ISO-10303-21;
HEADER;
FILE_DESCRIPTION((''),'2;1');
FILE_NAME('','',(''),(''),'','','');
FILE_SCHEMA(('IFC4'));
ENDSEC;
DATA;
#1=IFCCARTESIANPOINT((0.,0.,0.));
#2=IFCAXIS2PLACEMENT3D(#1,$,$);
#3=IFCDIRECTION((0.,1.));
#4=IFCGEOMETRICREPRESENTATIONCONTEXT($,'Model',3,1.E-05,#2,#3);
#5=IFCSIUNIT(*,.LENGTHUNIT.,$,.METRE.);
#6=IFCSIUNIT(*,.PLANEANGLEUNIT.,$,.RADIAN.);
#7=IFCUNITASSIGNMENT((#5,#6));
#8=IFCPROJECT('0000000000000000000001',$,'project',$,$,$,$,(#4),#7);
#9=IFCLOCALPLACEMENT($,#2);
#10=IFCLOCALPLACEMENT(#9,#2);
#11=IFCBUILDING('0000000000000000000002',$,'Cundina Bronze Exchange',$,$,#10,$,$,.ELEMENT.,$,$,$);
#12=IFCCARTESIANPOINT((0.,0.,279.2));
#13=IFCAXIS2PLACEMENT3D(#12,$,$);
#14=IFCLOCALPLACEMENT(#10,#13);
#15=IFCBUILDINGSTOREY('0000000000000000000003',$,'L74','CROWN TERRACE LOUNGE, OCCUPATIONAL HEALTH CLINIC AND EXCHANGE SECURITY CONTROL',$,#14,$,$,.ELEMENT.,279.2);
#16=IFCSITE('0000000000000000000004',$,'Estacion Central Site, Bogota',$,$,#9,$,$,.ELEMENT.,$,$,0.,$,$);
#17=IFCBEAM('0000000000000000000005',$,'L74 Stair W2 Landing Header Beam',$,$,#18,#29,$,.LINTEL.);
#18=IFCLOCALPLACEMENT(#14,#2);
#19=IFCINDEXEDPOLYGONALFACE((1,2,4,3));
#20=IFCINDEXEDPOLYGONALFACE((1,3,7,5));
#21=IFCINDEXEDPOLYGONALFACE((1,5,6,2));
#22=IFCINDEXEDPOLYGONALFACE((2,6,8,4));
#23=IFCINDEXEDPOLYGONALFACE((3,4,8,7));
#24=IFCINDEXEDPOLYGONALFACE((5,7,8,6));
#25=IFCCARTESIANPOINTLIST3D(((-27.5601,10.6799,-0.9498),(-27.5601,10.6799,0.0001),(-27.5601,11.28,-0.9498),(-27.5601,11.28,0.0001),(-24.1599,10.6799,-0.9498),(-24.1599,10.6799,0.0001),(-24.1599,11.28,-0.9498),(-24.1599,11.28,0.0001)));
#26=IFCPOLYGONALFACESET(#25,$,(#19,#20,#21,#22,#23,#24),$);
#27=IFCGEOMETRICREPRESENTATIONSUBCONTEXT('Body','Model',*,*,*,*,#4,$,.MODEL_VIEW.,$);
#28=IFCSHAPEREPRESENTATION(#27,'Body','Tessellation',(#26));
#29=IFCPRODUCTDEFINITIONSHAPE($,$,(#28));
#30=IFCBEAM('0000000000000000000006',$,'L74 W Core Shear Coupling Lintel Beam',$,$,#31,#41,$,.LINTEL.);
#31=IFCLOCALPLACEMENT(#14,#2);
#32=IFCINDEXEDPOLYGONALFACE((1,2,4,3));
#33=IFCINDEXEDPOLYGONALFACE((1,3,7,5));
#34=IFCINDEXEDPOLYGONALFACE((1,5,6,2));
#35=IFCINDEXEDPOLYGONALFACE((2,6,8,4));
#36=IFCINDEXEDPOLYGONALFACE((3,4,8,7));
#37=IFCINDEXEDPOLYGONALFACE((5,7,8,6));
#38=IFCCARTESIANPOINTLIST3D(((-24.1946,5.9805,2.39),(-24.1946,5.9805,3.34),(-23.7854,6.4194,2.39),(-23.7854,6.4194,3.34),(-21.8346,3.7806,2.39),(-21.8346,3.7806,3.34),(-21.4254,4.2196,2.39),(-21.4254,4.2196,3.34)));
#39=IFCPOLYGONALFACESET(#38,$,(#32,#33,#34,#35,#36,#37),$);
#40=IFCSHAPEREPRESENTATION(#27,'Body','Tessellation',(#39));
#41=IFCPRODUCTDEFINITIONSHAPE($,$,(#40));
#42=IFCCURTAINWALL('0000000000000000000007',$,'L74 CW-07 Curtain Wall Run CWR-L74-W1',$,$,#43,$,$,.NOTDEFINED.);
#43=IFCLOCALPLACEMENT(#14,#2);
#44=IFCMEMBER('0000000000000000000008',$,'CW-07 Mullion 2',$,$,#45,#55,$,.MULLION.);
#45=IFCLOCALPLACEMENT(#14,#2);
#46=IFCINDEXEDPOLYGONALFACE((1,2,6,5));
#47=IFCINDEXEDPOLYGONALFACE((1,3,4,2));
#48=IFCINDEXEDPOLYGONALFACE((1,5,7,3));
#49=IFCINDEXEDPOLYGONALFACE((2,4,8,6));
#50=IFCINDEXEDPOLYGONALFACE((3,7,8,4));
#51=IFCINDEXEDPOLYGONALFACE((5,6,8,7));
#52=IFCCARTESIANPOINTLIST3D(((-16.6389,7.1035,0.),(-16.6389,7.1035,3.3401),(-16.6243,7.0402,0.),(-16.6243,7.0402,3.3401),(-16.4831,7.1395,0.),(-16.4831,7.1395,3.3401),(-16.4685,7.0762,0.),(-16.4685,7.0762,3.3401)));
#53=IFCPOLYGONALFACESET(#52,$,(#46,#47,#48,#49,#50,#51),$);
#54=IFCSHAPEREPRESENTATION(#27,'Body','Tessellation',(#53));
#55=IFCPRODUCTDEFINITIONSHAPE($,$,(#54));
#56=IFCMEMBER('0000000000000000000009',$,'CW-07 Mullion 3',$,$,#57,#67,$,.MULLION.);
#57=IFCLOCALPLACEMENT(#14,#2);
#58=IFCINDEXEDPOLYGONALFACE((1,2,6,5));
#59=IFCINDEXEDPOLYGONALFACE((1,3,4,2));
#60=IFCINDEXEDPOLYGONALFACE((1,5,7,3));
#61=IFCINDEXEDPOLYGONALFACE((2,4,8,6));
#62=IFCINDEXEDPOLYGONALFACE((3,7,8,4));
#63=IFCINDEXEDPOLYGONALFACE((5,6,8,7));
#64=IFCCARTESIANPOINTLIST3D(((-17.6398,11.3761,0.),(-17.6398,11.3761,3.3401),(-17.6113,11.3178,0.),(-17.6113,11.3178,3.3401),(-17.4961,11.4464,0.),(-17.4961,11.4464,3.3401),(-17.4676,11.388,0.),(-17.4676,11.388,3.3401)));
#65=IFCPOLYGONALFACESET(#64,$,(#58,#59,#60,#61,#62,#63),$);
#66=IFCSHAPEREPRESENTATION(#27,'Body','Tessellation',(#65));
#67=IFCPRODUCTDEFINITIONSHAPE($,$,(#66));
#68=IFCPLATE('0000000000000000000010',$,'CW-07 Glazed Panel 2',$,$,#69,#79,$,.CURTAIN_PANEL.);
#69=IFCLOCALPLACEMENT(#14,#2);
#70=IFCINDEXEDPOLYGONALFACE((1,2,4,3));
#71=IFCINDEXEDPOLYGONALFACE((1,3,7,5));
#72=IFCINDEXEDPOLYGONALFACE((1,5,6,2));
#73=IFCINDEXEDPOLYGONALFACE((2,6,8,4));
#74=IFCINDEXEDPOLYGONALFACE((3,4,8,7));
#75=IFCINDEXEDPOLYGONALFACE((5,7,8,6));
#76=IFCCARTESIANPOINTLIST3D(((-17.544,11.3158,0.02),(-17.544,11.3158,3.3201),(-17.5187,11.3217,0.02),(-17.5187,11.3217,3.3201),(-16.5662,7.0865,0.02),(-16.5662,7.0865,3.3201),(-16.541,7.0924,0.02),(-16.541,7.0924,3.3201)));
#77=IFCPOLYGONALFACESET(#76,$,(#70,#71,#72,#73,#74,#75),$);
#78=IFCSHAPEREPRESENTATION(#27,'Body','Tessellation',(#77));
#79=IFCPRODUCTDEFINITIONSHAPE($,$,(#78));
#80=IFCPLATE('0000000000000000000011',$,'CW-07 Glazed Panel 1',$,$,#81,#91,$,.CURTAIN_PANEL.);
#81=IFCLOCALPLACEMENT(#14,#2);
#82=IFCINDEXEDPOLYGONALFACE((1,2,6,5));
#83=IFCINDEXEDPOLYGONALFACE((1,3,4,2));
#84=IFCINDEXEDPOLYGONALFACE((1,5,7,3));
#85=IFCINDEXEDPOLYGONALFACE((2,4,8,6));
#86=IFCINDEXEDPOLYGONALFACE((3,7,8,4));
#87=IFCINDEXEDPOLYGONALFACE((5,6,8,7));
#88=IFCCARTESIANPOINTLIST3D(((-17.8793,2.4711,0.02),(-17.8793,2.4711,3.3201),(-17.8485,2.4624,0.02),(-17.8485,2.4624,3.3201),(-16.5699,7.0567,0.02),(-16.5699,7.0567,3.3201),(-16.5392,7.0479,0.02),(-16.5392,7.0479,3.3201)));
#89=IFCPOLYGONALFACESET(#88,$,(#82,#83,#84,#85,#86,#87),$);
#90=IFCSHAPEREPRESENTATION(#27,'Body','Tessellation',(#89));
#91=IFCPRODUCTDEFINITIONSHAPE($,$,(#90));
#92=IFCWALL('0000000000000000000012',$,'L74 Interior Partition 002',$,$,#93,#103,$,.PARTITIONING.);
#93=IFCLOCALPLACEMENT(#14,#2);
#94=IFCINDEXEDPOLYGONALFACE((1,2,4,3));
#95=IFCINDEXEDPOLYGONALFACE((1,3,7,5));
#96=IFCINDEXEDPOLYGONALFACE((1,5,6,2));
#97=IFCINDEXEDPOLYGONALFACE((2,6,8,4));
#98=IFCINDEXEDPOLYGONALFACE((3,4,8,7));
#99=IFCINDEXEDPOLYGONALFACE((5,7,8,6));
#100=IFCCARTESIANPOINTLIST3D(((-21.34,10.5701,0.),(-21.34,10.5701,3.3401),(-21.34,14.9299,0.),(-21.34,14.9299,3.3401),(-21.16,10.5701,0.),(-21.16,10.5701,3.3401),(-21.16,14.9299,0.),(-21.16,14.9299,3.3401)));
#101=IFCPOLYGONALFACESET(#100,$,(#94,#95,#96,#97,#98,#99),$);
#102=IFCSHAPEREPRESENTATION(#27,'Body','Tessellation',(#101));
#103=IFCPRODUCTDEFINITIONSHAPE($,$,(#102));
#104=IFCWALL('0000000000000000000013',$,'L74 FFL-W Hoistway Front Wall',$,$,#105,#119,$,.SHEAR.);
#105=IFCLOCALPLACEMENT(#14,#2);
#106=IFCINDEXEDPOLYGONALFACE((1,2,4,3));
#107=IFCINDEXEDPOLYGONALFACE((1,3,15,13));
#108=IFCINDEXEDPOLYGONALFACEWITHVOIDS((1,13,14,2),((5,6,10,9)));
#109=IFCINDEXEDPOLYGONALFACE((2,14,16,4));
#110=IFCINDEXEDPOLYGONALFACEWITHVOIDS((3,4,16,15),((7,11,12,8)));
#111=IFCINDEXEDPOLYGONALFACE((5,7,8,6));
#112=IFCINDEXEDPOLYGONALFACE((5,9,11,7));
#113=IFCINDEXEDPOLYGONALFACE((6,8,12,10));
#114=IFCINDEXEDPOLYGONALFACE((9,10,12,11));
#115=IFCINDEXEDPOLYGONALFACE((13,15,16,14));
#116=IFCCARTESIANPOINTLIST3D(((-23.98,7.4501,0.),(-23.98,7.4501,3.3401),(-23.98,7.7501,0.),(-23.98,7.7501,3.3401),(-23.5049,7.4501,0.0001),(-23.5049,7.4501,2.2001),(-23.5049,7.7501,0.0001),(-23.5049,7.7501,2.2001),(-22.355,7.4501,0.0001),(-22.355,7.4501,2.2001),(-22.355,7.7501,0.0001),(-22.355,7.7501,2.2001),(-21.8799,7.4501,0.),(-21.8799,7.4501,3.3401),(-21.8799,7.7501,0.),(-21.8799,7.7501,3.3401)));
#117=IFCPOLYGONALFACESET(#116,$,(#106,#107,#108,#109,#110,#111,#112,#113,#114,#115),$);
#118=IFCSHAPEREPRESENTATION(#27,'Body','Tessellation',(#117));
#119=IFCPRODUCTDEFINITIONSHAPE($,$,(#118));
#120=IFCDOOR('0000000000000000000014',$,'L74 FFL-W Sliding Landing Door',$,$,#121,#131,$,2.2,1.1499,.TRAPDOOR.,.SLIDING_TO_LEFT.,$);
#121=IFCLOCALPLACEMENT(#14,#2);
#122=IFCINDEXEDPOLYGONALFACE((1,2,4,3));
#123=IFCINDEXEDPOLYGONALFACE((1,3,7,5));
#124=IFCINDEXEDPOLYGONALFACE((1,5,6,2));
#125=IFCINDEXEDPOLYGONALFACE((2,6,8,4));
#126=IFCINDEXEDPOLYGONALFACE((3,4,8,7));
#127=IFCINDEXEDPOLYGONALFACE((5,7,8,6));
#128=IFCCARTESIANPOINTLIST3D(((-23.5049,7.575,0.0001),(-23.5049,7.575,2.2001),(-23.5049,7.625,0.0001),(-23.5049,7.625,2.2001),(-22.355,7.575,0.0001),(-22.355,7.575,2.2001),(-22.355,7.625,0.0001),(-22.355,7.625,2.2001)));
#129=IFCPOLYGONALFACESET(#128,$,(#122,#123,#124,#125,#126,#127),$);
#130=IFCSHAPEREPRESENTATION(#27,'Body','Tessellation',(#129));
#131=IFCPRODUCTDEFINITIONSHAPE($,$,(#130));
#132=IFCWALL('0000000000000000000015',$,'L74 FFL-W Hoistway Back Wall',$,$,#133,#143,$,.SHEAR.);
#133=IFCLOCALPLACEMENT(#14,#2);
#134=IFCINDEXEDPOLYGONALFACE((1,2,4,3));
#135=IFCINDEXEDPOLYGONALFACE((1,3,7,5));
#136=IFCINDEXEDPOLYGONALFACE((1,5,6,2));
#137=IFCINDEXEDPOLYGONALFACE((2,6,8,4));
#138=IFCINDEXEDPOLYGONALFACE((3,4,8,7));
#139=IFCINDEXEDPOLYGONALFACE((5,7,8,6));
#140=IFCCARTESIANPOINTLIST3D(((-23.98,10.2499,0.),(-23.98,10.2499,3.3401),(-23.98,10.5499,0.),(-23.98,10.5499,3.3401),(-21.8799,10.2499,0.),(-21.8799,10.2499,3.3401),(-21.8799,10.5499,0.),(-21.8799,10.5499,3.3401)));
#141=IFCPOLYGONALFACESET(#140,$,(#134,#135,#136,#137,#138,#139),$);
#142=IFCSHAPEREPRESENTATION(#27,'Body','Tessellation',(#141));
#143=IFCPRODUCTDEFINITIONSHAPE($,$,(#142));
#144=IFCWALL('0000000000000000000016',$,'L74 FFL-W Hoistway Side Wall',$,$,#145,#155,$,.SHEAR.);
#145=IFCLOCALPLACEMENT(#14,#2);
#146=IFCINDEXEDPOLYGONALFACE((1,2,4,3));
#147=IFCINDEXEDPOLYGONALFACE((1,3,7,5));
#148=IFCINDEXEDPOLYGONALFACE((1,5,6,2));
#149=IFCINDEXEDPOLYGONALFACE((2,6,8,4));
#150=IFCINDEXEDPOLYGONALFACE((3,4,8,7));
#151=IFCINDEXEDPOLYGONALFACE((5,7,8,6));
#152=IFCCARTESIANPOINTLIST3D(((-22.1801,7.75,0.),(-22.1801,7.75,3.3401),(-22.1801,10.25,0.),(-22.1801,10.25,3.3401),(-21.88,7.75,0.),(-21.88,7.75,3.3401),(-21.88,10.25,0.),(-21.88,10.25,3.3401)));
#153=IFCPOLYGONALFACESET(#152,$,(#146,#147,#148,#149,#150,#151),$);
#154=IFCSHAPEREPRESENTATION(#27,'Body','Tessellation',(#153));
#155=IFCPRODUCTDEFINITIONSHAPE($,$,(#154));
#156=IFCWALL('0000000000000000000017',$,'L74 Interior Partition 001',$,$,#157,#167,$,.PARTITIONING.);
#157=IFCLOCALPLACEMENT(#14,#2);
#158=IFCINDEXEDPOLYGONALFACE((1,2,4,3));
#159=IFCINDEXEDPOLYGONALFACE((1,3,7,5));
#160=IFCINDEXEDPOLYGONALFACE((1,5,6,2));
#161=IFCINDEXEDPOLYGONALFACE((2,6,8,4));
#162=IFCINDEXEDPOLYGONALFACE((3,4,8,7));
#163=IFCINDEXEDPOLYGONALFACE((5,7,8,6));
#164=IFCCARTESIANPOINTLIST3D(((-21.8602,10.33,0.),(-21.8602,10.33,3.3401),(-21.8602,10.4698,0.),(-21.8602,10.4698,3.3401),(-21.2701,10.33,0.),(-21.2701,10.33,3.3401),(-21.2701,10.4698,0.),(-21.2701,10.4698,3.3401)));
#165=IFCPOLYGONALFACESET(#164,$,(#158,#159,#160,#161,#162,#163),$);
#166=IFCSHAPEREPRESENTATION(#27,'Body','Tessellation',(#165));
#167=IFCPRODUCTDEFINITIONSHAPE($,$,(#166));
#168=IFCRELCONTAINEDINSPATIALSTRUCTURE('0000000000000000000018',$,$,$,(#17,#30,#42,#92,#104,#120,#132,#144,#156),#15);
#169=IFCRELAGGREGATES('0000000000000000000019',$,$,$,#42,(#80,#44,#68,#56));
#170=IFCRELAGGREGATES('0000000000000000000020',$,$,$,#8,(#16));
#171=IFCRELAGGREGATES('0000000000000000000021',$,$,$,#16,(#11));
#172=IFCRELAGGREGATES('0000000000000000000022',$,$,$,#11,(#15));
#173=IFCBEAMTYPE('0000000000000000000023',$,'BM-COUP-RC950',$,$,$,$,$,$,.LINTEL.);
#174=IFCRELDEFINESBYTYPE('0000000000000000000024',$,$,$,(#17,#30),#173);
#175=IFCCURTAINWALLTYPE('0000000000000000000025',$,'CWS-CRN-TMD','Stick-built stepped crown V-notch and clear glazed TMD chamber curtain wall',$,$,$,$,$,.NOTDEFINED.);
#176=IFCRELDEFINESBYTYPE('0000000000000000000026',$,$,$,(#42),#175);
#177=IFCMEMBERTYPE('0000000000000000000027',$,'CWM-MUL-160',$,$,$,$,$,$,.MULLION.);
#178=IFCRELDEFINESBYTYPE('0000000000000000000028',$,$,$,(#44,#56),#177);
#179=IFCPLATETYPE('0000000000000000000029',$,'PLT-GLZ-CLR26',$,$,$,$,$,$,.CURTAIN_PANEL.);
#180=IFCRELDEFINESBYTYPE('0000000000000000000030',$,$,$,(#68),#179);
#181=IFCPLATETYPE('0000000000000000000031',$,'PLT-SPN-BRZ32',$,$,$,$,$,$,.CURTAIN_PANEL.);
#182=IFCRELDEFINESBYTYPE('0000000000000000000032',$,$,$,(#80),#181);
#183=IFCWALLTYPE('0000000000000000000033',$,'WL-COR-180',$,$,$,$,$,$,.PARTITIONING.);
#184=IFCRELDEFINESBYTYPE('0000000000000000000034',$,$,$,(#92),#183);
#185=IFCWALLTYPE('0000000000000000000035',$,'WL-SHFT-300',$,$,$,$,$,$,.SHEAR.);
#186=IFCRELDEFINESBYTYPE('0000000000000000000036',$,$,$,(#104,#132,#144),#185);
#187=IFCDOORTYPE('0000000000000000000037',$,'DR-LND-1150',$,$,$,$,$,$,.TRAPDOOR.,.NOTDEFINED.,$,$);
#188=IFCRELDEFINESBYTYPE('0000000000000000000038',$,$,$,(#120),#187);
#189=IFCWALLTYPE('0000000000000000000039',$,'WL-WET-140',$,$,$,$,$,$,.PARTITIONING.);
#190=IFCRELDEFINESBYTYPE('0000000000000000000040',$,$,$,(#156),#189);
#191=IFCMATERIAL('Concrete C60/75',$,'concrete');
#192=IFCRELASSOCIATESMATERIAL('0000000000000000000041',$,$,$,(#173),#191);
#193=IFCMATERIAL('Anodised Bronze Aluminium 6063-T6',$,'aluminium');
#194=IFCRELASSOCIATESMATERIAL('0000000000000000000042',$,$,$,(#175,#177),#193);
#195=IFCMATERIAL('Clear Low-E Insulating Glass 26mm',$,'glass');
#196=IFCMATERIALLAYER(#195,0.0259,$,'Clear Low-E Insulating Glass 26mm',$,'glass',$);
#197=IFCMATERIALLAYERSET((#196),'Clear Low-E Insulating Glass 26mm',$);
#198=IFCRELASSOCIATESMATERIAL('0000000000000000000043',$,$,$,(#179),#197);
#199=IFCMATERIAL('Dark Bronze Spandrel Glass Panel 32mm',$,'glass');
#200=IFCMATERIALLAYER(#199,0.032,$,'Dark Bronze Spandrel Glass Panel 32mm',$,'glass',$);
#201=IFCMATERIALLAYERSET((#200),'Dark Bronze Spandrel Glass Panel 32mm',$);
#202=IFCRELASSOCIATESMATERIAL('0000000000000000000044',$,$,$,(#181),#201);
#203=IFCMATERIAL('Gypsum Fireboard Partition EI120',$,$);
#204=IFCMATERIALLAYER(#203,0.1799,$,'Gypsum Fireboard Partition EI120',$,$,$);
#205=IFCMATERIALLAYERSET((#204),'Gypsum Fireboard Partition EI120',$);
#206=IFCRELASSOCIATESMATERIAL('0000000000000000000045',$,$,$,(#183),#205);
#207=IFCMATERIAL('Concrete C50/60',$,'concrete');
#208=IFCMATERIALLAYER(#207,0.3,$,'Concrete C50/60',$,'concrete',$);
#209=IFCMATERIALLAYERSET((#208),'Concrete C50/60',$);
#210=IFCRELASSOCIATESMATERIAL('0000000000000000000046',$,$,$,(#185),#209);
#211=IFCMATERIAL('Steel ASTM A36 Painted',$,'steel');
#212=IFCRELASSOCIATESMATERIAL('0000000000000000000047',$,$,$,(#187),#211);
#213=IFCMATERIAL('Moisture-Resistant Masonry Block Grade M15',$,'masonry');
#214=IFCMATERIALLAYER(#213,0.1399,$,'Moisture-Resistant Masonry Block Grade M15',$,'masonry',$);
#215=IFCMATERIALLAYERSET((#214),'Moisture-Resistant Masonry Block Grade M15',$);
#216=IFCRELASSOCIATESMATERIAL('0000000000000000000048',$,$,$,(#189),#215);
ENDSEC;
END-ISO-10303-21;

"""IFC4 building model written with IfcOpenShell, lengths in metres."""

from ifc_helpers import new_model, si_unit, direction, frame, frame_2d, origin, origin_2d, place, context, subcontext, project, spatial, rectangle, extrude, material, layer, layer_set, material_profile, profile_set, type_object, element, fill, aggregate, save


model = new_model("IFC4")

# Units and contexts
model_context = context("Model", 3, precision=1e-05, world=origin(), true_north=direction((0.0, 1.0)))
body_context = subcontext(model_context, "Body", "Model", "MODEL_VIEW")
ifc_project = project(units=[si_unit("LENGTHUNIT", "METRE"), si_unit("PLANEANGLEUNIT", "RADIAN")], contexts=[model_context])

# Site, building, storey
site_placement = place(None, origin())
site = spatial("IfcSite", under=ifc_project, at=site_placement, Name="Estacion Central Site, Bogota", CompositionType="ELEMENT", RefElevation=0.0)
building_placement = place(site_placement, origin())
building = spatial("IfcBuilding", under=site, at=building_placement, Name="Cundina Bronze Exchange", CompositionType="ELEMENT")
storey_placement = place(building_placement, frame((0.0, 0.0, 279.2)))
storey = spatial("IfcBuildingStorey", under=building, at=storey_placement, Name="L74", Description="CROWN TERRACE LOUNGE, OCCUPATIONAL HEALTH CLINIC AND EXCHANGE SECURITY CONTROL", CompositionType="ELEMENT", Elevation=279.2)

# Beams
ifc_material_1 = material(Name="Concrete C60/75", Category="concrete")
ifc_material_profile_1 = material_profile(ifc_material_1, rectangle(XDim=0.6001, YDim=0.95, at=origin_2d()), Name="RC600X950", Category="concrete")
ifc_profile_set_1 = profile_set([ifc_material_profile_1], Name="Concrete C60/75")
beam_type = type_object("IfcBeamType", Name="BM-COUP-RC950", PredefinedType="LINTEL", material=ifc_profile_set_1)
beam_1_placement = place(storey_placement, frame((-27.5601, 10.98, -0.4749), z_axis=(1.0, 0.0, 0.0), x_axis=(0.0, 1.0, 0.0)))
element("IfcBeam", 1, at=beam_1_placement, inside=storey, type_object=beam_type, Name="L74 Stair W2 Landing Header Beam", PredefinedType="LINTEL", context=body_context, shape_type="SweptSolid", body=[
    extrude(rectangle(XDim=0.6001, YDim=0.95, at=origin_2d()), origin(), (0.0, 0.0, 1.0), 3.4001),
])
beam_2_placement = place(storey_placement, frame((-23.99, 6.2, 2.865), z_axis=(0.73149, -0.681852, 0.0), x_axis=(0.681852, 0.73149, 0.0)))
element("IfcBeam", 2, at=beam_2_placement, inside=storey, type_object=beam_type, Name="L74 W Core Shear Coupling Lintel Beam", PredefinedType="LINTEL", context=body_context, shape_type="SweptSolid", body=[
    extrude(rectangle(XDim=0.6001, YDim=0.95, at=origin_2d()), origin(), (0.0, 0.0, 1.0), 3.2263),
])

# Curtain wall, members, plates
ifc_material_2 = material(Name="Anodised Bronze Aluminium 6063-T6", Category="aluminium")
curtain_wall_type = type_object("IfcCurtainWallType", Name="CWS-CRN-TMD", Description="Stick-built stepped crown V-notch and clear glazed TMD chamber curtain wall", PredefinedType="NOTDEFINED", material=ifc_material_2)
curtain_wall_placement = place(storey_placement, origin())
curtain_wall = element("IfcCurtainWall", 3, at=curtain_wall_placement, inside=storey, type_object=curtain_wall_type, Name="L74 CW-07 Curtain Wall Run CWR-L74-W1", PredefinedType="NOTDEFINED")
ifc_material_profile_2 = material_profile(ifc_material_2, rectangle(XDim=0.0649, YDim=0.1599, at=origin_2d()), Name="AL65X160", Category="aluminium")
ifc_profile_set_2 = profile_set([ifc_material_profile_2], Name="Anodised Bronze Aluminium 6063-T6")
member_type = type_object("IfcMemberType", Name="CWM-MUL-160", PredefinedType="MULLION", material=ifc_profile_set_2)
member_1_placement = place(storey_placement, frame((-16.5537, 7.0898, 0.0), z_axis=(0.0, 0.0, 1.0), x_axis=(-0.225291, 0.974291, 0.0)))
member_1 = element("IfcMember", 4, at=member_1_placement, type_object=member_type, Name="CW-07 Mullion 2", PredefinedType="MULLION", context=body_context, shape_type="SweptSolid", body=[
    extrude(rectangle(XDim=0.0649, YDim=0.1599, at=origin_2d()), origin(), (0.0, 0.0, 1.0), 3.3401),
])
member_2_placement = place(storey_placement, frame((-17.5537, 11.3821, 0.0), z_axis=(0.0, 0.0, 1.0), x_axis=(-0.439312, 0.898334, 0.0)))
member_2 = element("IfcMember", 5, at=member_2_placement, type_object=member_type, Name="CW-07 Mullion 3", PredefinedType="MULLION", context=body_context, shape_type="SweptSolid", body=[
    extrude(rectangle(XDim=0.0649, YDim=0.1599, at=origin_2d()), origin(), (0.0, 0.0, 1.0), 3.3401),
])
ifc_material_3 = material(Name="Clear Low-E Insulating Glass 26mm", Category="glass")
ifc_layer_1 = layer(ifc_material_3, 0.0259, Name="Clear Low-E Insulating Glass 26mm", Category="glass")
ifc_layer_set_1 = layer_set([ifc_layer_1], Name="Clear Low-E Insulating Glass 26mm")
plate_type_1 = type_object("IfcPlateType", Name="PLT-GLZ-CLR26", PredefinedType="CURTAIN_PANEL", material=ifc_layer_set_1)
plate_1_placement = place(storey_placement, frame((-17.0425, 9.2041, 0.02), z_axis=(0.0, 0.0, 1.0), x_axis=(-0.22524, 0.974303, 0.0)))
plate_1 = element("IfcPlate", 6, at=plate_1_placement, type_object=plate_type_1, Name="CW-07 Glazed Panel 2", PredefinedType="CURTAIN_PANEL", context=body_context, shape_type="SweptSolid", body=[
    extrude(rectangle(XDim=4.3408, YDim=0.0259, at=origin_2d()), origin(), (0.0, 0.0, 1.0), 3.3),
])
ifc_material_4 = material(Name="Dark Bronze Spandrel Glass Panel 32mm", Category="glass")
ifc_layer_2 = layer(ifc_material_4, 0.032, Name="Dark Bronze Spandrel Glass Panel 32mm", Category="glass")
ifc_layer_set_2 = layer_set([ifc_layer_2], Name="Dark Bronze Spandrel Glass Panel 32mm")
plate_type_2 = type_object("IfcPlateType", Name="PLT-SPN-BRZ32", PredefinedType="CURTAIN_PANEL", material=ifc_layer_set_2)
plate_2_placement = place(storey_placement, frame((-17.2092, 4.7595, 0.02), z_axis=(0.0, 0.0, 1.0), x_axis=(0.274563, 0.961569, 0.0)))
plate_2 = element("IfcPlate", 7, at=plate_2_placement, type_object=plate_type_2, Name="CW-07 Glazed Panel 1", PredefinedType="CURTAIN_PANEL", context=body_context, shape_type="SweptSolid", body=[
    extrude(rectangle(XDim=4.7688, YDim=0.032, at=origin_2d()), origin(), (0.0, 0.0, 1.0), 3.3),
])
aggregate(curtain_wall, [plate_2, member_1, plate_1, member_2])

# Wall
ifc_material_5 = material(Name="Gypsum Fireboard Partition EI120")
ifc_layer_3 = layer(ifc_material_5, 0.1799, Name="Gypsum Fireboard Partition EI120")
ifc_layer_set_3 = layer_set([ifc_layer_3], Name="Gypsum Fireboard Partition EI120")
wall_type_1 = type_object("IfcWallType", Name="WL-COR-180", PredefinedType="PARTITIONING", material=ifc_layer_set_3)
wall_1_placement = place(storey_placement, frame((-21.25, 10.5701, 0.0), z_axis=(0.0, 0.0, 1.0), x_axis=(0.0, 1.0, 0.0)))
element("IfcWall", 8, at=wall_1_placement, inside=storey, type_object=wall_type_1, Name="L74 Interior Partition 002", PredefinedType="PARTITIONING", context=body_context, shape_type="SweptSolid", body=[
    extrude(rectangle(XDim=4.3599, YDim=0.1799, at=frame_2d((2.1799, 0.0))), origin(), (0.0, 0.0, 1.0), 3.3401),
])

# Wall, opening, door
ifc_material_6 = material(Name="Concrete C50/60", Category="concrete")
ifc_layer_4 = layer(ifc_material_6, 0.3, Name="Concrete C50/60", Category="concrete")
ifc_layer_set_4 = layer_set([ifc_layer_4], Name="Concrete C50/60")
wall_type_2 = type_object("IfcWallType", Name="WL-SHFT-300", PredefinedType="SHEAR", material=ifc_layer_set_4)
wall_2_placement = place(storey_placement, frame((-23.98, 7.6001, 0.0), z_axis=(0.0, 0.0, 1.0), x_axis=(1.0, 0.0, 0.0)))
wall_2 = element("IfcWall", 9, at=wall_2_placement, inside=storey, type_object=wall_type_2, Name="L74 FFL-W Hoistway Front Wall", PredefinedType="SHEAR", context=body_context, shape_type="SweptSolid", body=[
    extrude(rectangle(XDim=2.1001, YDim=0.3, at=frame_2d((1.05, 0.0))), origin(), (0.0, 0.0, 1.0), 3.3401),
])
opening_placement = place(wall_2_placement, frame((0.4751, 0.0, 0.0)))
opening = element("IfcOpeningElement", 10, at=opening_placement, cuts=wall_2, PredefinedType="OPENING", context=body_context, shape_type="SweptSolid", body=[
    extrude(rectangle(XDim=1.1499, YDim=2.2, at=frame_2d((0.575, 1.1001))), frame((0.0, 0.1599, 0.0), z_axis=(0.0, -1.0, 0.0), x_axis=(1.0, 0.0, 0.0)), (0.0, 0.0, 1.0), 0.3201),
])
ifc_material_7 = material(Name="Steel ASTM A36 Painted", Category="steel")
door_type = type_object("IfcDoorType", Name="DR-LND-1150", OperationType="NOTDEFINED", PredefinedType="TRAPDOOR", material=ifc_material_7)
door_placement = place(opening_placement, origin())
door = element("IfcDoor", 11, at=door_placement, inside=storey, type_object=door_type, Name="L74 FFL-W Sliding Landing Door", OperationType="SLIDING_TO_LEFT", OverallHeight=2.2, OverallWidth=1.1499, PredefinedType="TRAPDOOR", context=body_context, shape_type="SweptSolid", body=[
    extrude(rectangle(XDim=1.1499, YDim=2.2, at=frame_2d((0.575, 1.1001))), frame((0.0, 0.0249, 0.0), z_axis=(0.0, -1.0, 0.0), x_axis=(1.0, 0.0, 0.0)), (0.0, 0.0, 1.0), 0.05),
])
fill(opening, door)

# Walls
wall_3_placement = place(storey_placement, frame((-23.98, 10.3999, 0.0), z_axis=(0.0, 0.0, 1.0), x_axis=(1.0, 0.0, 0.0)))
element("IfcWall", 12, at=wall_3_placement, inside=storey, type_object=wall_type_2, Name="L74 FFL-W Hoistway Back Wall", PredefinedType="SHEAR", context=body_context, shape_type="SweptSolid", body=[
    extrude(rectangle(XDim=2.1001, YDim=0.3, at=frame_2d((1.05, 0.0))), origin(), (0.0, 0.0, 1.0), 3.3401),
])
wall_4_placement = place(storey_placement, frame((-22.03, 7.75, 0.0), z_axis=(0.0, 0.0, 1.0), x_axis=(0.0, 1.0, 0.0)))
element("IfcWall", 13, at=wall_4_placement, inside=storey, type_object=wall_type_2, Name="L74 FFL-W Hoistway Side Wall", PredefinedType="SHEAR", context=body_context, shape_type="SweptSolid", body=[
    extrude(rectangle(XDim=2.5, YDim=0.3, at=frame_2d((1.25, 0.0))), origin(), (0.0, 0.0, 1.0), 3.3401),
])
ifc_material_8 = material(Name="Moisture-Resistant Masonry Block Grade M15", Category="masonry")
ifc_layer_5 = layer(ifc_material_8, 0.1399, Name="Moisture-Resistant Masonry Block Grade M15", Category="masonry")
ifc_layer_set_5 = layer_set([ifc_layer_5], Name="Moisture-Resistant Masonry Block Grade M15")
wall_type_3 = type_object("IfcWallType", Name="WL-WET-140", PredefinedType="PARTITIONING", material=ifc_layer_set_5)
wall_5_placement = place(storey_placement, frame((-21.8601, 10.3999, 0.0), z_axis=(0.0, 0.0, 1.0), x_axis=(1.0, 0.0, 0.0)))
element("IfcWall", 14, at=wall_5_placement, inside=storey, type_object=wall_type_3, Name="L74 Interior Partition 001", PredefinedType="PARTITIONING", context=body_context, shape_type="SweptSolid", body=[
    extrude(rectangle(XDim=0.5901, YDim=0.1399, at=frame_2d((0.2949, 0.0))), origin(), (0.0, 0.0, 1.0), 3.3401),
])

save(model, "model.ifc")
